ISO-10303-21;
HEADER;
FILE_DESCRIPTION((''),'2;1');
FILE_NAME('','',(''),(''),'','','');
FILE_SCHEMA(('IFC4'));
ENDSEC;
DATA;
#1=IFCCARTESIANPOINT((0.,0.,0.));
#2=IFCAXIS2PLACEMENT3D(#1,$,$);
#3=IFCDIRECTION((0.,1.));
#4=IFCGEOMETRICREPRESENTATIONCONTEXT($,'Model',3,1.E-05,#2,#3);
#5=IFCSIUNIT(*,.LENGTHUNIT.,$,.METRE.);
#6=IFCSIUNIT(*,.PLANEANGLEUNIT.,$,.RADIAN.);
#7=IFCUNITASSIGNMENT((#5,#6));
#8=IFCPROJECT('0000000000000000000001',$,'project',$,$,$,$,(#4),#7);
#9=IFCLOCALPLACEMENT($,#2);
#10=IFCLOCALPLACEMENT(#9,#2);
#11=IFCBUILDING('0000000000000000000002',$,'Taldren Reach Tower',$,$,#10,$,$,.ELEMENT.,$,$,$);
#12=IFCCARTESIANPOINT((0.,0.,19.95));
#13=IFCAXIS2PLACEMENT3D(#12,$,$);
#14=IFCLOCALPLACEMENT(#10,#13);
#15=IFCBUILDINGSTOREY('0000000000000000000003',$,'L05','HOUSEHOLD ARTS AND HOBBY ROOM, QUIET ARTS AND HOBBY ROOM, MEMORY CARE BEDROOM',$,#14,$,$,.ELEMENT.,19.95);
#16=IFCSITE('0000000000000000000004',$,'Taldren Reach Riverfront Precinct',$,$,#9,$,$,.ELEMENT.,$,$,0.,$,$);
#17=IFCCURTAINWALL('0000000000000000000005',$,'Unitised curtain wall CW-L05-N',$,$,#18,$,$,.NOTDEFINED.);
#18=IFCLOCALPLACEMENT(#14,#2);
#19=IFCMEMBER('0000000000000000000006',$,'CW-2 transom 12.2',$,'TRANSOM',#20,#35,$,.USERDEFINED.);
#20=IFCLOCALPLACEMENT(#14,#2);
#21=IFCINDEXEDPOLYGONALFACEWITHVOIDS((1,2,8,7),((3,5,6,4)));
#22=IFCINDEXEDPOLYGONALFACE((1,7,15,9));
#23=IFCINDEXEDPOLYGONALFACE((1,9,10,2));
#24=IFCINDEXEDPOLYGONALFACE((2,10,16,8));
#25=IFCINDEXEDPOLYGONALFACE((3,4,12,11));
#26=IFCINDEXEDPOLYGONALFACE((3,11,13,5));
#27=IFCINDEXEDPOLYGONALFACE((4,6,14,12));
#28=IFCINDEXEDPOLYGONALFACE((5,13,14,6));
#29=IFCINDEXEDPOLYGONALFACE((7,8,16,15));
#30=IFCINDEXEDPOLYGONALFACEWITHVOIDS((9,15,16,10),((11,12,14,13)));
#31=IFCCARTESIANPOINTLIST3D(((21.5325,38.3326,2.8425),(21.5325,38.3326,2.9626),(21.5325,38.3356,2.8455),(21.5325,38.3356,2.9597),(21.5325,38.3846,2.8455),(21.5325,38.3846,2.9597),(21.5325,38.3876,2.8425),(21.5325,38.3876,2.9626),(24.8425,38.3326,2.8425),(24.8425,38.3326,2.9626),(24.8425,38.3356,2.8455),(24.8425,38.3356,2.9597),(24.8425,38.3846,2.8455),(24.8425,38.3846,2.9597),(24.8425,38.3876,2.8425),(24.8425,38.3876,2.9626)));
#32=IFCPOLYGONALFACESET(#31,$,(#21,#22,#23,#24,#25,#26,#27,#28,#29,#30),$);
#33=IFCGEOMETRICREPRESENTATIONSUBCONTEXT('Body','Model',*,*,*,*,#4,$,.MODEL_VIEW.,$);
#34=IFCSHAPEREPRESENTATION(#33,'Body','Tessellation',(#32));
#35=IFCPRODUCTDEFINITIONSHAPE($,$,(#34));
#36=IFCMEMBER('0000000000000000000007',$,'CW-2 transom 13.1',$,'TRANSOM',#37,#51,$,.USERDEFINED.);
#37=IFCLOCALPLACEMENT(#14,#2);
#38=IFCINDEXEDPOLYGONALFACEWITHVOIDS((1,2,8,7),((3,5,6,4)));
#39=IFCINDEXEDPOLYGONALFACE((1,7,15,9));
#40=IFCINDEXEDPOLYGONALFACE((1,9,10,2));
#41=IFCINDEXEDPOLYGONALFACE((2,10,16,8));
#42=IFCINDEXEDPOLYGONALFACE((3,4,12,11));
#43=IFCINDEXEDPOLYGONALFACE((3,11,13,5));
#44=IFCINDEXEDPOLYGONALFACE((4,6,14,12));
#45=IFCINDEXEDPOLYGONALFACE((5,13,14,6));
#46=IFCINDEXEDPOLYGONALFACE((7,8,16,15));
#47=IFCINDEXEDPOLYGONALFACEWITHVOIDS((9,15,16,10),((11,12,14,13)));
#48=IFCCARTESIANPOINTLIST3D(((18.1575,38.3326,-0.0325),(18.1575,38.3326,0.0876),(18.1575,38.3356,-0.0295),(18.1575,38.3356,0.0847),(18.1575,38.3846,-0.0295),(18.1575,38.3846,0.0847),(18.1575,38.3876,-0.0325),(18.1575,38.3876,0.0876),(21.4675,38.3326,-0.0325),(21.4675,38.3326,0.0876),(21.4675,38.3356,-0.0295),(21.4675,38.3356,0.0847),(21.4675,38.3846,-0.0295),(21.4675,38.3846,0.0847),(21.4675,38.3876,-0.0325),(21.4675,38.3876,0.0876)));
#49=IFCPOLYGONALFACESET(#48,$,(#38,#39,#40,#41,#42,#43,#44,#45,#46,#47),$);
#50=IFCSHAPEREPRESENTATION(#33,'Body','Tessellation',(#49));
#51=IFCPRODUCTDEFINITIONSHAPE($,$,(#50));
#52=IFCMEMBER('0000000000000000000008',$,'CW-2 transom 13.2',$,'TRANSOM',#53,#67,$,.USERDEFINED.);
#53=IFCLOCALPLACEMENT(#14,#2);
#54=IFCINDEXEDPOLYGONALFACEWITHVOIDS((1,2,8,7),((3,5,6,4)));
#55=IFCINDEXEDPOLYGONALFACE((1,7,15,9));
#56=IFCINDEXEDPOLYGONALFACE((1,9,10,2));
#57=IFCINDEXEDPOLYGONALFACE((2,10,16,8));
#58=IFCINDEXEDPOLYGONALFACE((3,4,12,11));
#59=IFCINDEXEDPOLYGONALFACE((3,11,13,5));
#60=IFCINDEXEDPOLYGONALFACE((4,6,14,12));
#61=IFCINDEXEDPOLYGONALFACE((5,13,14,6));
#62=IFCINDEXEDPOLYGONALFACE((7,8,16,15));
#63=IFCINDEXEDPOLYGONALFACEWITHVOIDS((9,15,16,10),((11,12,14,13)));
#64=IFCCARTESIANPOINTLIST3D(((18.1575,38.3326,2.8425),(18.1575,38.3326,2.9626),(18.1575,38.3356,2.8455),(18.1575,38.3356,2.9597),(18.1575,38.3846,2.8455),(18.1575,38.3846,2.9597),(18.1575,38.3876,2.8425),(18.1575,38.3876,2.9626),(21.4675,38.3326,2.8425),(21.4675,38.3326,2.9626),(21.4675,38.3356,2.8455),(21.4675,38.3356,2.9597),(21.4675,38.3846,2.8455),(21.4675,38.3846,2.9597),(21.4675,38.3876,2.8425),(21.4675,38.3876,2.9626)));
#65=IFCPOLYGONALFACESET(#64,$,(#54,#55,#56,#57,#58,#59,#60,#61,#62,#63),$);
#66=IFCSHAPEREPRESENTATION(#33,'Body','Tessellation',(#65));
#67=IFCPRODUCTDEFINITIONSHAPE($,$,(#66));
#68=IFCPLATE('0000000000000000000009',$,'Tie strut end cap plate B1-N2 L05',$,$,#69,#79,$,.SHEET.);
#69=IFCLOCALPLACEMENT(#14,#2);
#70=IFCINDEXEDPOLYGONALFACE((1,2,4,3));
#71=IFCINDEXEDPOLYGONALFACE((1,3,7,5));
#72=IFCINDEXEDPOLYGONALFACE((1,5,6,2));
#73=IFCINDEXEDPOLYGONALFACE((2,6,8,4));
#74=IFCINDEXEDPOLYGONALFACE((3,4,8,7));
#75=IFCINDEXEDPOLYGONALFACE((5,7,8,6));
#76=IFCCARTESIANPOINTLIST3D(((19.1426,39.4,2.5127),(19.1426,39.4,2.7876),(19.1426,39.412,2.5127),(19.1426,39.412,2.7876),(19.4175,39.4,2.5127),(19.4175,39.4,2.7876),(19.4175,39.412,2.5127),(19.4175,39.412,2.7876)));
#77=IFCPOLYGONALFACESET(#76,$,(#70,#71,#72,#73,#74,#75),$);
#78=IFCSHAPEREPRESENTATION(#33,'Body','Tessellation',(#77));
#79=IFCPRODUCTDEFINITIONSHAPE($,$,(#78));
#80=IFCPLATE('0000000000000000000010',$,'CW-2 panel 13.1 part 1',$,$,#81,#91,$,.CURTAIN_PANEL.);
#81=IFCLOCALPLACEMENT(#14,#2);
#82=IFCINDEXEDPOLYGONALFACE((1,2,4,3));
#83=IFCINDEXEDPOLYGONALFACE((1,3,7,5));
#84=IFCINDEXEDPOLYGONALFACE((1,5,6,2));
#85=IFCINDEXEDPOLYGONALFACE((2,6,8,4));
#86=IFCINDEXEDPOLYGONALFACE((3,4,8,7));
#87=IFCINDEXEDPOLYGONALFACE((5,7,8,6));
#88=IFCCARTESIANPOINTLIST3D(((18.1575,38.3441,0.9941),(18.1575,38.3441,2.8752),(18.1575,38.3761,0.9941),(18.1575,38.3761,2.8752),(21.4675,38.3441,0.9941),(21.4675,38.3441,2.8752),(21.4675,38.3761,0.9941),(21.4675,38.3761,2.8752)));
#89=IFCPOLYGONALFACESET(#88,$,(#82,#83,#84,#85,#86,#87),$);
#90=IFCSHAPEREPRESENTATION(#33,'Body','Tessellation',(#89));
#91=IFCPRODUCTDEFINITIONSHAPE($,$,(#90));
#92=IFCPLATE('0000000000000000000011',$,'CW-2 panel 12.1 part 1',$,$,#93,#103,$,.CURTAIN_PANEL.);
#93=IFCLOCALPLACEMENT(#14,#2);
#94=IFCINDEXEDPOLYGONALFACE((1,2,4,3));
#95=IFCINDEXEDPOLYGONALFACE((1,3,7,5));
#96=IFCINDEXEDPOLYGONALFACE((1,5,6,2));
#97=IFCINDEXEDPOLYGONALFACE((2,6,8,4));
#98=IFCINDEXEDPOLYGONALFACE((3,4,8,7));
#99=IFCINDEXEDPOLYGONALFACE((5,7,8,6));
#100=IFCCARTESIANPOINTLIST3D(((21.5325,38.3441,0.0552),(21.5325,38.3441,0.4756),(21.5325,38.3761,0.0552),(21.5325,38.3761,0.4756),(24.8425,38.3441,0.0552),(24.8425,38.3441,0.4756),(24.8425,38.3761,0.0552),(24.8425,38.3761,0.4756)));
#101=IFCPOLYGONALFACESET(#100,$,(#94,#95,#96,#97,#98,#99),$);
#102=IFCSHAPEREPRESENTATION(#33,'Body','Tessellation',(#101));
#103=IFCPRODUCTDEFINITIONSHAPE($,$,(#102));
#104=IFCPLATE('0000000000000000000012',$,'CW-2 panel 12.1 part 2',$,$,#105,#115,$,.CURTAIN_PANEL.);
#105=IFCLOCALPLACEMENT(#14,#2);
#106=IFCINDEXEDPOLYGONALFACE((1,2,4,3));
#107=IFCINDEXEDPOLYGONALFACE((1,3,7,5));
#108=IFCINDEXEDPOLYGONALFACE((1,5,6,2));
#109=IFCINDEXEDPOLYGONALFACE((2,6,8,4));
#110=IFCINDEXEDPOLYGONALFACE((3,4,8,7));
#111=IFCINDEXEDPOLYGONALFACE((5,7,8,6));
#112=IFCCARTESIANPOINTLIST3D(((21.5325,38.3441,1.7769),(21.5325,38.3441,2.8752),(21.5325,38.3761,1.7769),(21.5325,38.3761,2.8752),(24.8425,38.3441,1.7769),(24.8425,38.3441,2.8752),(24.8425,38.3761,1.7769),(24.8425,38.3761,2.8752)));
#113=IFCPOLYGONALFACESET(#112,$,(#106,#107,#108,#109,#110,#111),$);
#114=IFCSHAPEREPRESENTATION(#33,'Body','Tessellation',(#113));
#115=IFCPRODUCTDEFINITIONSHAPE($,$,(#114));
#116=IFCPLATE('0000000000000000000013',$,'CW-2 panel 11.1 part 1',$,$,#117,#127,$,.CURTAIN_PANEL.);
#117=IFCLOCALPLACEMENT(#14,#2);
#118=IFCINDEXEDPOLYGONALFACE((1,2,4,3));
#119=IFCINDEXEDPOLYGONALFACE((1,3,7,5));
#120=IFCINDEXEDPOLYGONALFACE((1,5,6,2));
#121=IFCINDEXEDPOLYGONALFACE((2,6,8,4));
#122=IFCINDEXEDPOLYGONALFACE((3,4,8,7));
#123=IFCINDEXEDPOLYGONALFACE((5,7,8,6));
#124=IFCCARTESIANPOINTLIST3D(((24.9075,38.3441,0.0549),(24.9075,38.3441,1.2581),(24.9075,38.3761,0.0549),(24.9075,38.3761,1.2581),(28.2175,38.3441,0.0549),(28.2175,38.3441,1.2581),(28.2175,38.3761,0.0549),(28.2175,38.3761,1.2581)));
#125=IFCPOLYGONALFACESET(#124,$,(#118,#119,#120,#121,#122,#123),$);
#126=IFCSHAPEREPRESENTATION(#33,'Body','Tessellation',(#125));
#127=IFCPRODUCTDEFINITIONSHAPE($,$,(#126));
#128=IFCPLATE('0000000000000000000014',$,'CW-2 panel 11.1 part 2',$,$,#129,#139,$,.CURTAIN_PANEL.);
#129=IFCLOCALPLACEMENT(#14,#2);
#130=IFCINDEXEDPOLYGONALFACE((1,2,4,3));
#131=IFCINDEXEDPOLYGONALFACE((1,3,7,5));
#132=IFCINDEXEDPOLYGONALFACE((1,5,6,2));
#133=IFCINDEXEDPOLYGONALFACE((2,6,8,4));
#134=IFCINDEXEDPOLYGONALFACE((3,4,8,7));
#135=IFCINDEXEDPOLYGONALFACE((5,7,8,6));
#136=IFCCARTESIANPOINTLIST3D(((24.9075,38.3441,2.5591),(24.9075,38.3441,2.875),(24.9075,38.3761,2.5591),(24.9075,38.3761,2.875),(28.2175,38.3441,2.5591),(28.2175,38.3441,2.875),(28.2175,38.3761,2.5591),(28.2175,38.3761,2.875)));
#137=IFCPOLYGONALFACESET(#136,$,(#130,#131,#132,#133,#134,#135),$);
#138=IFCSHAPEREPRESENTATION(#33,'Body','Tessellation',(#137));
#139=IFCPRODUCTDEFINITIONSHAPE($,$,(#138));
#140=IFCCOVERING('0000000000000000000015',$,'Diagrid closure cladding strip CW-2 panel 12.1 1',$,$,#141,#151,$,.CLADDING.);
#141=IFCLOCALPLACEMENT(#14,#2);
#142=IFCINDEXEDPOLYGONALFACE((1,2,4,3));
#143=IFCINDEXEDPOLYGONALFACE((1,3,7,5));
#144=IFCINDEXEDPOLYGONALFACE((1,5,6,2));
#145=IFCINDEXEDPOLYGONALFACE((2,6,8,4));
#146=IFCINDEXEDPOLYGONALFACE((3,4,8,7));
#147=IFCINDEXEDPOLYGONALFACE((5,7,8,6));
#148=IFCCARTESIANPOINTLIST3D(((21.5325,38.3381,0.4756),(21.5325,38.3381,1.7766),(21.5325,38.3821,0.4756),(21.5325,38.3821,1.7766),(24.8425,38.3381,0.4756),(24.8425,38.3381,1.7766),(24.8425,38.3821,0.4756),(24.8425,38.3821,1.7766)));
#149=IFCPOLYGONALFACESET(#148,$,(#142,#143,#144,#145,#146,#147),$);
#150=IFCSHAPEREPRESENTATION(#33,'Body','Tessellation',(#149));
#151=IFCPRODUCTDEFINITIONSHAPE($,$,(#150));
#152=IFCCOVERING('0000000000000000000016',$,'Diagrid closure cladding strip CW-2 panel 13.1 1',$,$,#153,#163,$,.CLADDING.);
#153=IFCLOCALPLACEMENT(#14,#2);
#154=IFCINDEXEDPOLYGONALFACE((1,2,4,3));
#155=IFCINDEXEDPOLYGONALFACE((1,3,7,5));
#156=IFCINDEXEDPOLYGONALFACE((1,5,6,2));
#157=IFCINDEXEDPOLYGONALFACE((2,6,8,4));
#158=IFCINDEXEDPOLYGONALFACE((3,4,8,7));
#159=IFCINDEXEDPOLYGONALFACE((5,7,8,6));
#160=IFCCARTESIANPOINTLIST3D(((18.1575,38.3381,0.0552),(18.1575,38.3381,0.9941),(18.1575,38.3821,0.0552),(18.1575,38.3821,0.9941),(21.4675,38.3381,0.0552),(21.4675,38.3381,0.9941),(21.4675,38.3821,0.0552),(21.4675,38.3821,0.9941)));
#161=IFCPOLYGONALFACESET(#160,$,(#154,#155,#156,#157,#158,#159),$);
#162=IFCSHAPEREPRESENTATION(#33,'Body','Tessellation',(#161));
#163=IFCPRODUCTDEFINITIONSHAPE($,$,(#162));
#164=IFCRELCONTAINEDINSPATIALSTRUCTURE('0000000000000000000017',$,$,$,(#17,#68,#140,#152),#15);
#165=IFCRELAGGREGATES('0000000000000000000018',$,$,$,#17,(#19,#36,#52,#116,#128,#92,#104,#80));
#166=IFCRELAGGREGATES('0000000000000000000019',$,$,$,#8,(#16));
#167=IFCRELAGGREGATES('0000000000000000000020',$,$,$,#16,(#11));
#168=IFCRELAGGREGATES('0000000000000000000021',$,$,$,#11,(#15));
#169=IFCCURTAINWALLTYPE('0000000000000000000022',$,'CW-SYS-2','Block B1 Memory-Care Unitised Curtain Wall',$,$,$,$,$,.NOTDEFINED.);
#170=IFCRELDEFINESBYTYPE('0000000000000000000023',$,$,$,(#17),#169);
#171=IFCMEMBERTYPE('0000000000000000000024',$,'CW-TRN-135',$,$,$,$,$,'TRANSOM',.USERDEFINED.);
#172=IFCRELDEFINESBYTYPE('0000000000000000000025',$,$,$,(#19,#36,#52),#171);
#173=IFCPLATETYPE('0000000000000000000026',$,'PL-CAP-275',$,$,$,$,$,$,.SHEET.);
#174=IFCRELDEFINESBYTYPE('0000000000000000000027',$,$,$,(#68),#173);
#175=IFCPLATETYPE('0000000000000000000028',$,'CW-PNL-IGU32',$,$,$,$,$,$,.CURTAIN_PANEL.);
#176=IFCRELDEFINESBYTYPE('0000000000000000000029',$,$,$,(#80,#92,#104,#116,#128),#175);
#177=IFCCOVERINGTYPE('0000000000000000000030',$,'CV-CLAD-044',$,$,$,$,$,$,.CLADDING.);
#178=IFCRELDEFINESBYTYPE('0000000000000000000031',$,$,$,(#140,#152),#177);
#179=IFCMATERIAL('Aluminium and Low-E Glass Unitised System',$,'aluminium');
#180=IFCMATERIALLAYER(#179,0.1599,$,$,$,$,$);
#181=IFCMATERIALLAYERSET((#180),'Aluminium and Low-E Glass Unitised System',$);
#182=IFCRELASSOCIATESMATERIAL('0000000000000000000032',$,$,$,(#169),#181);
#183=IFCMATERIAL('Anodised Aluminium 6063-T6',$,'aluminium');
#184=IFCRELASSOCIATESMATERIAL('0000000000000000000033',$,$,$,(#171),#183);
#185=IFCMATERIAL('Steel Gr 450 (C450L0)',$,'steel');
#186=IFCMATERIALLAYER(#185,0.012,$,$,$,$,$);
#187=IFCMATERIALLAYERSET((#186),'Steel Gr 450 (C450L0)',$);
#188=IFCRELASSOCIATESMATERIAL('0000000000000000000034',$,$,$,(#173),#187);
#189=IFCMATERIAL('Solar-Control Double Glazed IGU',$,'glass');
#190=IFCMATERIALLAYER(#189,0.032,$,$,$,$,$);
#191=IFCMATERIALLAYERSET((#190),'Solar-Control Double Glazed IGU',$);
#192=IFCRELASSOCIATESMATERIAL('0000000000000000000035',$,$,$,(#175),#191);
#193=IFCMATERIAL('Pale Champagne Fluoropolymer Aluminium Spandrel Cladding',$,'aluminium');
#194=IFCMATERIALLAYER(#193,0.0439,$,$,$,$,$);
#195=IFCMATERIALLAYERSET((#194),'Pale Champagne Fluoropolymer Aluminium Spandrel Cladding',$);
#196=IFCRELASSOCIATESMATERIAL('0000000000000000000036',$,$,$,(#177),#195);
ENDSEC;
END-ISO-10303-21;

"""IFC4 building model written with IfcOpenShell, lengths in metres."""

from ifc_helpers import new_model, si_unit, direction, frame, origin, origin_2d, place, context, subcontext, project, spatial, rectangle, hollow_rectangle, extrude, source, transform, mapped, material, layer, layer_set, material_profile, profile_set, type_object, element, aggregate, save


model = new_model("IFC4")

# Units and contexts
model_context = context("Model", 3, precision=1e-05, world=origin(), true_north=direction((0.0, 1.0)))
body_context = subcontext(model_context, "Body", "Model", "MODEL_VIEW")
ifc_project = project(units=[si_unit("LENGTHUNIT", "METRE"), si_unit("PLANEANGLEUNIT", "RADIAN")], contexts=[model_context])

# Site, building, storey
site_placement = place(None, origin())
site = spatial("IfcSite", under=ifc_project, at=site_placement, Name="Taldren Reach Riverfront Precinct", CompositionType="ELEMENT", RefElevation=0.0)
building_placement = place(site_placement, origin())
building = spatial("IfcBuilding", under=site, at=building_placement, Name="Taldren Reach Tower", CompositionType="ELEMENT")
storey_placement = place(building_placement, frame((0.0, 0.0, 19.95)))
storey = spatial("IfcBuildingStorey", under=building, at=storey_placement, Name="L05", Description="HOUSEHOLD ARTS AND HOBBY ROOM, QUIET ARTS AND HOBBY ROOM, MEMORY CARE BEDROOM", CompositionType="ELEMENT", Elevation=19.95)

# Shared definitions
ifc_material_1 = material(Name="Steel Gr 450 (C450L0)", Category="steel")

# Curtain wall, members
ifc_material_2 = material(Name="Aluminium and Low-E Glass Unitised System", Category="aluminium")
ifc_layer_1 = layer(ifc_material_2, 0.1599)
ifc_layer_set_1 = layer_set([ifc_layer_1], Name="Aluminium and Low-E Glass Unitised System")
curtain_wall_type = type_object("IfcCurtainWallType", Name="CW-SYS-2", Description="Block B1 Memory-Care Unitised Curtain Wall", PredefinedType="NOTDEFINED", material=ifc_layer_set_1)
curtain_wall_placement = place(storey_placement, origin())
curtain_wall = element("IfcCurtainWall", 1, at=curtain_wall_placement, inside=storey, type_object=curtain_wall_type, Name="Unitised curtain wall CW-L05-N", PredefinedType="NOTDEFINED")
ifc_material_3 = material(Name="Anodised Aluminium 6063-T6", Category="aluminium")
ifc_material_profile_1 = material_profile(ifc_material_3, hollow_rectangle(XDim=0.0549, YDim=0.1201, WallThickness=0.0029, at=origin_2d()), Name="ALU-120x55x3RHS")
ifc_profile_set_1 = profile_set([ifc_material_profile_1], Name="Anodised Aluminium 6063-T6")
member_type_1 = type_object("IfcMemberType", Name="CW-TRN-135", ElementType="TRANSOM", PredefinedType="USERDEFINED", material=ifc_profile_set_1)
shared_shape_1 = source(origin(), body_context, "Body", "SweptSolid", [
    extrude(hollow_rectangle(XDim=0.0549, YDim=0.1201, WallThickness=0.0029, at=origin_2d()), origin(), (0.0, 0.0, 1.0), 3.3101),
])
member_1_placement = place(storey_placement, frame((24.8425, 38.3601, 2.9026), z_axis=(-1.0, 0.0, 0.0), x_axis=(0.0, -1.0, 0.0)))
member_1 = element("IfcMember", 2, at=member_1_placement, type_object=member_type_1, Name="CW-2 transom 12.2", ObjectType="TRANSOM", PredefinedType="USERDEFINED", context=body_context, shape_type="MappedRepresentation", body=[
    mapped(shared_shape_1, transform((0.0, 0.0, 0.0), scale=1.0)),
])
member_2_placement = place(storey_placement, frame((21.4675, 38.3601, 0.0276), z_axis=(-1.0, 0.0, 0.0), x_axis=(0.0, -1.0, 0.0)))
member_2 = element("IfcMember", 3, at=member_2_placement, type_object=member_type_1, Name="CW-2 transom 13.1", ObjectType="TRANSOM", PredefinedType="USERDEFINED", context=body_context, shape_type="MappedRepresentation", body=[
    mapped(shared_shape_1, transform((0.0, 0.0, 0.0), scale=1.0)),
])
member_3_placement = place(storey_placement, frame((21.4675, 38.3601, 2.9026), z_axis=(-1.0, 0.0, 0.0), x_axis=(0.0, -1.0, 0.0)))
member_3 = element("IfcMember", 4, at=member_3_placement, type_object=member_type_1, Name="CW-2 transom 13.2", ObjectType="TRANSOM", PredefinedType="USERDEFINED", context=body_context, shape_type="MappedRepresentation", body=[
    mapped(shared_shape_1, transform((0.0, 0.0, 0.0), scale=1.0)),
])

# Plates
ifc_layer_2 = layer(ifc_material_1, 0.012)
ifc_layer_set_2 = layer_set([ifc_layer_2], Name="Steel Gr 450 (C450L0)")
plate_type_1 = type_object("IfcPlateType", Name="PL-CAP-275", PredefinedType="SHEET", material=ifc_layer_set_2)
shared_shape_2 = source(origin(), body_context, "Body", "SweptSolid", [
    extrude(rectangle(XDim=0.2749, YDim=0.012, at=origin_2d()), origin(), (0.0, 0.0, 1.0), 0.2749),
])
plate_1_placement = place(storey_placement, frame((19.28, 39.406, 2.5127), z_axis=(0.0, 0.0, 1.0), x_axis=(1.0, 0.0, 0.0)))
element("IfcPlate", 5, at=plate_1_placement, inside=storey, type_object=plate_type_1, Name="Tie strut end cap plate B1-N2 L05", PredefinedType="SHEET", context=body_context, shape_type="MappedRepresentation", body=[
    mapped(shared_shape_2, transform((0.0, 0.0, 0.0), scale=1.0)),
])
ifc_material_4 = material(Name="Solar-Control Double Glazed IGU", Category="glass")
ifc_layer_3 = layer(ifc_material_4, 0.032)
ifc_layer_set_3 = layer_set([ifc_layer_3], Name="Solar-Control Double Glazed IGU")
plate_type_2 = type_object("IfcPlateType", Name="CW-PNL-IGU32", PredefinedType="CURTAIN_PANEL", material=ifc_layer_set_3)
shared_shape_3 = source(origin(), body_context, "Body", "SweptSolid", [
    extrude(rectangle(XDim=3.3101, YDim=0.032, at=origin_2d()), origin(), (0.0, 0.0, 1.0), 1.8811),
])
plate_2_placement = place(storey_placement, frame((19.8125, 38.3601, 0.9941), z_axis=(0.0, 0.0, 1.0), x_axis=(-1.0, 0.0, 0.0)))
plate_2 = element("IfcPlate", 6, at=plate_2_placement, type_object=plate_type_2, Name="CW-2 panel 13.1 part 1", PredefinedType="CURTAIN_PANEL", context=body_context, shape_type="MappedRepresentation", body=[
    mapped(shared_shape_3, transform((0.0, 0.0, 0.0), scale=1.0)),
])
shared_shape_4 = source(origin(), body_context, "Body", "SweptSolid", [
    extrude(rectangle(XDim=3.3101, YDim=0.032, at=origin_2d()), origin(), (0.0, 0.0, 1.0), 0.4204),
])
plate_3_placement = place(storey_placement, frame((23.1875, 38.3601, 0.0552), z_axis=(0.0, 0.0, 1.0), x_axis=(-1.0, 0.0, 0.0)))
plate_3 = element("IfcPlate", 7, at=plate_3_placement, type_object=plate_type_2, Name="CW-2 panel 12.1 part 1", PredefinedType="CURTAIN_PANEL", context=body_context, shape_type="MappedRepresentation", body=[
    mapped(shared_shape_4, transform((0.0, 0.0, 0.0), scale=1.0)),
])
shared_shape_5 = source(origin(), body_context, "Body", "SweptSolid", [
    extrude(rectangle(XDim=3.3101, YDim=0.032, at=origin_2d()), origin(), (0.0, 0.0, 1.0), 1.0984),
])
plate_4_placement = place(storey_placement, frame((23.1875, 38.3601, 1.7769), z_axis=(0.0, 0.0, 1.0), x_axis=(-1.0, 0.0, 0.0)))
plate_4 = element("IfcPlate", 8, at=plate_4_placement, type_object=plate_type_2, Name="CW-2 panel 12.1 part 2", PredefinedType="CURTAIN_PANEL", context=body_context, shape_type="MappedRepresentation", body=[
    mapped(shared_shape_5, transform((0.0, 0.0, 0.0), scale=1.0)),
])
shared_shape_6 = source(origin(), body_context, "Body", "SweptSolid", [
    extrude(rectangle(XDim=3.3101, YDim=0.032, at=origin_2d()), origin(), (0.0, 0.0, 1.0), 1.2031),
])
plate_5_placement = place(storey_placement, frame((26.5625, 38.3601, 0.0549), z_axis=(0.0, 0.0, 1.0), x_axis=(-1.0, 0.0, 0.0)))
plate_5 = element("IfcPlate", 9, at=plate_5_placement, type_object=plate_type_2, Name="CW-2 panel 11.1 part 1", PredefinedType="CURTAIN_PANEL", context=body_context, shape_type="MappedRepresentation", body=[
    mapped(shared_shape_6, transform((0.0, 0.0, 0.0), scale=1.0)),
])
shared_shape_7 = source(origin(), body_context, "Body", "SweptSolid", [
    extrude(rectangle(XDim=3.3101, YDim=0.032, at=origin_2d()), origin(), (0.0, 0.0, 1.0), 0.3159),
])
plate_6_placement = place(storey_placement, frame((26.5625, 38.3601, 2.5591), z_axis=(0.0, 0.0, 1.0), x_axis=(-1.0, 0.0, 0.0)))
plate_6 = element("IfcPlate", 10, at=plate_6_placement, type_object=plate_type_2, Name="CW-2 panel 11.1 part 2", PredefinedType="CURTAIN_PANEL", context=body_context, shape_type="MappedRepresentation", body=[
    mapped(shared_shape_7, transform((0.0, 0.0, 0.0), scale=1.0)),
])
aggregate(curtain_wall, [member_1, member_2, member_3, plate_5, plate_6, plate_3, plate_4, plate_2])

# Coverings
ifc_material_5 = material(Name="Pale Champagne Fluoropolymer Aluminium Spandrel Cladding", Category="aluminium")
ifc_layer_4 = layer(ifc_material_5, 0.0439)
ifc_layer_set_4 = layer_set([ifc_layer_4], Name="Pale Champagne Fluoropolymer Aluminium Spandrel Cladding")
covering_type = type_object("IfcCoveringType", Name="CV-CLAD-044", PredefinedType="CLADDING", material=ifc_layer_set_4)
shared_shape_8 = source(origin(), body_context, "Body", "SweptSolid", [
    extrude(rectangle(XDim=3.3101, YDim=0.0439, at=origin_2d()), origin(), (0.0, 0.0, 1.0), 1.301),
])
covering_1_placement = place(storey_placement, frame((23.1875, 38.3601, 0.4756), z_axis=(0.0, 0.0, 1.0), x_axis=(-1.0, 0.0, 0.0)))
element("IfcCovering", 11, at=covering_1_placement, inside=storey, type_object=covering_type, Name="Diagrid closure cladding strip CW-2 panel 12.1 1", PredefinedType="CLADDING", context=body_context, shape_type="MappedRepresentation", body=[
    mapped(shared_shape_8, transform((0.0, 0.0, 0.0), scale=1.0)),
])
shared_shape_9 = source(origin(), body_context, "Body", "SweptSolid", [
    extrude(rectangle(XDim=3.3101, YDim=0.0439, at=origin_2d()), origin(), (0.0, 0.0, 1.0), 0.939),
])
covering_2_placement = place(storey_placement, frame((19.8125, 38.3601, 0.0552), z_axis=(0.0, 0.0, 1.0), x_axis=(-1.0, 0.0, 0.0)))
element("IfcCovering", 12, at=covering_2_placement, inside=storey, type_object=covering_type, Name="Diagrid closure cladding strip CW-2 panel 13.1 1", PredefinedType="CLADDING", context=body_context, shape_type="MappedRepresentation", body=[
    mapped(shared_shape_9, transform((0.0, 0.0, 0.0), scale=1.0)),
])

save(model, "model.ifc")
